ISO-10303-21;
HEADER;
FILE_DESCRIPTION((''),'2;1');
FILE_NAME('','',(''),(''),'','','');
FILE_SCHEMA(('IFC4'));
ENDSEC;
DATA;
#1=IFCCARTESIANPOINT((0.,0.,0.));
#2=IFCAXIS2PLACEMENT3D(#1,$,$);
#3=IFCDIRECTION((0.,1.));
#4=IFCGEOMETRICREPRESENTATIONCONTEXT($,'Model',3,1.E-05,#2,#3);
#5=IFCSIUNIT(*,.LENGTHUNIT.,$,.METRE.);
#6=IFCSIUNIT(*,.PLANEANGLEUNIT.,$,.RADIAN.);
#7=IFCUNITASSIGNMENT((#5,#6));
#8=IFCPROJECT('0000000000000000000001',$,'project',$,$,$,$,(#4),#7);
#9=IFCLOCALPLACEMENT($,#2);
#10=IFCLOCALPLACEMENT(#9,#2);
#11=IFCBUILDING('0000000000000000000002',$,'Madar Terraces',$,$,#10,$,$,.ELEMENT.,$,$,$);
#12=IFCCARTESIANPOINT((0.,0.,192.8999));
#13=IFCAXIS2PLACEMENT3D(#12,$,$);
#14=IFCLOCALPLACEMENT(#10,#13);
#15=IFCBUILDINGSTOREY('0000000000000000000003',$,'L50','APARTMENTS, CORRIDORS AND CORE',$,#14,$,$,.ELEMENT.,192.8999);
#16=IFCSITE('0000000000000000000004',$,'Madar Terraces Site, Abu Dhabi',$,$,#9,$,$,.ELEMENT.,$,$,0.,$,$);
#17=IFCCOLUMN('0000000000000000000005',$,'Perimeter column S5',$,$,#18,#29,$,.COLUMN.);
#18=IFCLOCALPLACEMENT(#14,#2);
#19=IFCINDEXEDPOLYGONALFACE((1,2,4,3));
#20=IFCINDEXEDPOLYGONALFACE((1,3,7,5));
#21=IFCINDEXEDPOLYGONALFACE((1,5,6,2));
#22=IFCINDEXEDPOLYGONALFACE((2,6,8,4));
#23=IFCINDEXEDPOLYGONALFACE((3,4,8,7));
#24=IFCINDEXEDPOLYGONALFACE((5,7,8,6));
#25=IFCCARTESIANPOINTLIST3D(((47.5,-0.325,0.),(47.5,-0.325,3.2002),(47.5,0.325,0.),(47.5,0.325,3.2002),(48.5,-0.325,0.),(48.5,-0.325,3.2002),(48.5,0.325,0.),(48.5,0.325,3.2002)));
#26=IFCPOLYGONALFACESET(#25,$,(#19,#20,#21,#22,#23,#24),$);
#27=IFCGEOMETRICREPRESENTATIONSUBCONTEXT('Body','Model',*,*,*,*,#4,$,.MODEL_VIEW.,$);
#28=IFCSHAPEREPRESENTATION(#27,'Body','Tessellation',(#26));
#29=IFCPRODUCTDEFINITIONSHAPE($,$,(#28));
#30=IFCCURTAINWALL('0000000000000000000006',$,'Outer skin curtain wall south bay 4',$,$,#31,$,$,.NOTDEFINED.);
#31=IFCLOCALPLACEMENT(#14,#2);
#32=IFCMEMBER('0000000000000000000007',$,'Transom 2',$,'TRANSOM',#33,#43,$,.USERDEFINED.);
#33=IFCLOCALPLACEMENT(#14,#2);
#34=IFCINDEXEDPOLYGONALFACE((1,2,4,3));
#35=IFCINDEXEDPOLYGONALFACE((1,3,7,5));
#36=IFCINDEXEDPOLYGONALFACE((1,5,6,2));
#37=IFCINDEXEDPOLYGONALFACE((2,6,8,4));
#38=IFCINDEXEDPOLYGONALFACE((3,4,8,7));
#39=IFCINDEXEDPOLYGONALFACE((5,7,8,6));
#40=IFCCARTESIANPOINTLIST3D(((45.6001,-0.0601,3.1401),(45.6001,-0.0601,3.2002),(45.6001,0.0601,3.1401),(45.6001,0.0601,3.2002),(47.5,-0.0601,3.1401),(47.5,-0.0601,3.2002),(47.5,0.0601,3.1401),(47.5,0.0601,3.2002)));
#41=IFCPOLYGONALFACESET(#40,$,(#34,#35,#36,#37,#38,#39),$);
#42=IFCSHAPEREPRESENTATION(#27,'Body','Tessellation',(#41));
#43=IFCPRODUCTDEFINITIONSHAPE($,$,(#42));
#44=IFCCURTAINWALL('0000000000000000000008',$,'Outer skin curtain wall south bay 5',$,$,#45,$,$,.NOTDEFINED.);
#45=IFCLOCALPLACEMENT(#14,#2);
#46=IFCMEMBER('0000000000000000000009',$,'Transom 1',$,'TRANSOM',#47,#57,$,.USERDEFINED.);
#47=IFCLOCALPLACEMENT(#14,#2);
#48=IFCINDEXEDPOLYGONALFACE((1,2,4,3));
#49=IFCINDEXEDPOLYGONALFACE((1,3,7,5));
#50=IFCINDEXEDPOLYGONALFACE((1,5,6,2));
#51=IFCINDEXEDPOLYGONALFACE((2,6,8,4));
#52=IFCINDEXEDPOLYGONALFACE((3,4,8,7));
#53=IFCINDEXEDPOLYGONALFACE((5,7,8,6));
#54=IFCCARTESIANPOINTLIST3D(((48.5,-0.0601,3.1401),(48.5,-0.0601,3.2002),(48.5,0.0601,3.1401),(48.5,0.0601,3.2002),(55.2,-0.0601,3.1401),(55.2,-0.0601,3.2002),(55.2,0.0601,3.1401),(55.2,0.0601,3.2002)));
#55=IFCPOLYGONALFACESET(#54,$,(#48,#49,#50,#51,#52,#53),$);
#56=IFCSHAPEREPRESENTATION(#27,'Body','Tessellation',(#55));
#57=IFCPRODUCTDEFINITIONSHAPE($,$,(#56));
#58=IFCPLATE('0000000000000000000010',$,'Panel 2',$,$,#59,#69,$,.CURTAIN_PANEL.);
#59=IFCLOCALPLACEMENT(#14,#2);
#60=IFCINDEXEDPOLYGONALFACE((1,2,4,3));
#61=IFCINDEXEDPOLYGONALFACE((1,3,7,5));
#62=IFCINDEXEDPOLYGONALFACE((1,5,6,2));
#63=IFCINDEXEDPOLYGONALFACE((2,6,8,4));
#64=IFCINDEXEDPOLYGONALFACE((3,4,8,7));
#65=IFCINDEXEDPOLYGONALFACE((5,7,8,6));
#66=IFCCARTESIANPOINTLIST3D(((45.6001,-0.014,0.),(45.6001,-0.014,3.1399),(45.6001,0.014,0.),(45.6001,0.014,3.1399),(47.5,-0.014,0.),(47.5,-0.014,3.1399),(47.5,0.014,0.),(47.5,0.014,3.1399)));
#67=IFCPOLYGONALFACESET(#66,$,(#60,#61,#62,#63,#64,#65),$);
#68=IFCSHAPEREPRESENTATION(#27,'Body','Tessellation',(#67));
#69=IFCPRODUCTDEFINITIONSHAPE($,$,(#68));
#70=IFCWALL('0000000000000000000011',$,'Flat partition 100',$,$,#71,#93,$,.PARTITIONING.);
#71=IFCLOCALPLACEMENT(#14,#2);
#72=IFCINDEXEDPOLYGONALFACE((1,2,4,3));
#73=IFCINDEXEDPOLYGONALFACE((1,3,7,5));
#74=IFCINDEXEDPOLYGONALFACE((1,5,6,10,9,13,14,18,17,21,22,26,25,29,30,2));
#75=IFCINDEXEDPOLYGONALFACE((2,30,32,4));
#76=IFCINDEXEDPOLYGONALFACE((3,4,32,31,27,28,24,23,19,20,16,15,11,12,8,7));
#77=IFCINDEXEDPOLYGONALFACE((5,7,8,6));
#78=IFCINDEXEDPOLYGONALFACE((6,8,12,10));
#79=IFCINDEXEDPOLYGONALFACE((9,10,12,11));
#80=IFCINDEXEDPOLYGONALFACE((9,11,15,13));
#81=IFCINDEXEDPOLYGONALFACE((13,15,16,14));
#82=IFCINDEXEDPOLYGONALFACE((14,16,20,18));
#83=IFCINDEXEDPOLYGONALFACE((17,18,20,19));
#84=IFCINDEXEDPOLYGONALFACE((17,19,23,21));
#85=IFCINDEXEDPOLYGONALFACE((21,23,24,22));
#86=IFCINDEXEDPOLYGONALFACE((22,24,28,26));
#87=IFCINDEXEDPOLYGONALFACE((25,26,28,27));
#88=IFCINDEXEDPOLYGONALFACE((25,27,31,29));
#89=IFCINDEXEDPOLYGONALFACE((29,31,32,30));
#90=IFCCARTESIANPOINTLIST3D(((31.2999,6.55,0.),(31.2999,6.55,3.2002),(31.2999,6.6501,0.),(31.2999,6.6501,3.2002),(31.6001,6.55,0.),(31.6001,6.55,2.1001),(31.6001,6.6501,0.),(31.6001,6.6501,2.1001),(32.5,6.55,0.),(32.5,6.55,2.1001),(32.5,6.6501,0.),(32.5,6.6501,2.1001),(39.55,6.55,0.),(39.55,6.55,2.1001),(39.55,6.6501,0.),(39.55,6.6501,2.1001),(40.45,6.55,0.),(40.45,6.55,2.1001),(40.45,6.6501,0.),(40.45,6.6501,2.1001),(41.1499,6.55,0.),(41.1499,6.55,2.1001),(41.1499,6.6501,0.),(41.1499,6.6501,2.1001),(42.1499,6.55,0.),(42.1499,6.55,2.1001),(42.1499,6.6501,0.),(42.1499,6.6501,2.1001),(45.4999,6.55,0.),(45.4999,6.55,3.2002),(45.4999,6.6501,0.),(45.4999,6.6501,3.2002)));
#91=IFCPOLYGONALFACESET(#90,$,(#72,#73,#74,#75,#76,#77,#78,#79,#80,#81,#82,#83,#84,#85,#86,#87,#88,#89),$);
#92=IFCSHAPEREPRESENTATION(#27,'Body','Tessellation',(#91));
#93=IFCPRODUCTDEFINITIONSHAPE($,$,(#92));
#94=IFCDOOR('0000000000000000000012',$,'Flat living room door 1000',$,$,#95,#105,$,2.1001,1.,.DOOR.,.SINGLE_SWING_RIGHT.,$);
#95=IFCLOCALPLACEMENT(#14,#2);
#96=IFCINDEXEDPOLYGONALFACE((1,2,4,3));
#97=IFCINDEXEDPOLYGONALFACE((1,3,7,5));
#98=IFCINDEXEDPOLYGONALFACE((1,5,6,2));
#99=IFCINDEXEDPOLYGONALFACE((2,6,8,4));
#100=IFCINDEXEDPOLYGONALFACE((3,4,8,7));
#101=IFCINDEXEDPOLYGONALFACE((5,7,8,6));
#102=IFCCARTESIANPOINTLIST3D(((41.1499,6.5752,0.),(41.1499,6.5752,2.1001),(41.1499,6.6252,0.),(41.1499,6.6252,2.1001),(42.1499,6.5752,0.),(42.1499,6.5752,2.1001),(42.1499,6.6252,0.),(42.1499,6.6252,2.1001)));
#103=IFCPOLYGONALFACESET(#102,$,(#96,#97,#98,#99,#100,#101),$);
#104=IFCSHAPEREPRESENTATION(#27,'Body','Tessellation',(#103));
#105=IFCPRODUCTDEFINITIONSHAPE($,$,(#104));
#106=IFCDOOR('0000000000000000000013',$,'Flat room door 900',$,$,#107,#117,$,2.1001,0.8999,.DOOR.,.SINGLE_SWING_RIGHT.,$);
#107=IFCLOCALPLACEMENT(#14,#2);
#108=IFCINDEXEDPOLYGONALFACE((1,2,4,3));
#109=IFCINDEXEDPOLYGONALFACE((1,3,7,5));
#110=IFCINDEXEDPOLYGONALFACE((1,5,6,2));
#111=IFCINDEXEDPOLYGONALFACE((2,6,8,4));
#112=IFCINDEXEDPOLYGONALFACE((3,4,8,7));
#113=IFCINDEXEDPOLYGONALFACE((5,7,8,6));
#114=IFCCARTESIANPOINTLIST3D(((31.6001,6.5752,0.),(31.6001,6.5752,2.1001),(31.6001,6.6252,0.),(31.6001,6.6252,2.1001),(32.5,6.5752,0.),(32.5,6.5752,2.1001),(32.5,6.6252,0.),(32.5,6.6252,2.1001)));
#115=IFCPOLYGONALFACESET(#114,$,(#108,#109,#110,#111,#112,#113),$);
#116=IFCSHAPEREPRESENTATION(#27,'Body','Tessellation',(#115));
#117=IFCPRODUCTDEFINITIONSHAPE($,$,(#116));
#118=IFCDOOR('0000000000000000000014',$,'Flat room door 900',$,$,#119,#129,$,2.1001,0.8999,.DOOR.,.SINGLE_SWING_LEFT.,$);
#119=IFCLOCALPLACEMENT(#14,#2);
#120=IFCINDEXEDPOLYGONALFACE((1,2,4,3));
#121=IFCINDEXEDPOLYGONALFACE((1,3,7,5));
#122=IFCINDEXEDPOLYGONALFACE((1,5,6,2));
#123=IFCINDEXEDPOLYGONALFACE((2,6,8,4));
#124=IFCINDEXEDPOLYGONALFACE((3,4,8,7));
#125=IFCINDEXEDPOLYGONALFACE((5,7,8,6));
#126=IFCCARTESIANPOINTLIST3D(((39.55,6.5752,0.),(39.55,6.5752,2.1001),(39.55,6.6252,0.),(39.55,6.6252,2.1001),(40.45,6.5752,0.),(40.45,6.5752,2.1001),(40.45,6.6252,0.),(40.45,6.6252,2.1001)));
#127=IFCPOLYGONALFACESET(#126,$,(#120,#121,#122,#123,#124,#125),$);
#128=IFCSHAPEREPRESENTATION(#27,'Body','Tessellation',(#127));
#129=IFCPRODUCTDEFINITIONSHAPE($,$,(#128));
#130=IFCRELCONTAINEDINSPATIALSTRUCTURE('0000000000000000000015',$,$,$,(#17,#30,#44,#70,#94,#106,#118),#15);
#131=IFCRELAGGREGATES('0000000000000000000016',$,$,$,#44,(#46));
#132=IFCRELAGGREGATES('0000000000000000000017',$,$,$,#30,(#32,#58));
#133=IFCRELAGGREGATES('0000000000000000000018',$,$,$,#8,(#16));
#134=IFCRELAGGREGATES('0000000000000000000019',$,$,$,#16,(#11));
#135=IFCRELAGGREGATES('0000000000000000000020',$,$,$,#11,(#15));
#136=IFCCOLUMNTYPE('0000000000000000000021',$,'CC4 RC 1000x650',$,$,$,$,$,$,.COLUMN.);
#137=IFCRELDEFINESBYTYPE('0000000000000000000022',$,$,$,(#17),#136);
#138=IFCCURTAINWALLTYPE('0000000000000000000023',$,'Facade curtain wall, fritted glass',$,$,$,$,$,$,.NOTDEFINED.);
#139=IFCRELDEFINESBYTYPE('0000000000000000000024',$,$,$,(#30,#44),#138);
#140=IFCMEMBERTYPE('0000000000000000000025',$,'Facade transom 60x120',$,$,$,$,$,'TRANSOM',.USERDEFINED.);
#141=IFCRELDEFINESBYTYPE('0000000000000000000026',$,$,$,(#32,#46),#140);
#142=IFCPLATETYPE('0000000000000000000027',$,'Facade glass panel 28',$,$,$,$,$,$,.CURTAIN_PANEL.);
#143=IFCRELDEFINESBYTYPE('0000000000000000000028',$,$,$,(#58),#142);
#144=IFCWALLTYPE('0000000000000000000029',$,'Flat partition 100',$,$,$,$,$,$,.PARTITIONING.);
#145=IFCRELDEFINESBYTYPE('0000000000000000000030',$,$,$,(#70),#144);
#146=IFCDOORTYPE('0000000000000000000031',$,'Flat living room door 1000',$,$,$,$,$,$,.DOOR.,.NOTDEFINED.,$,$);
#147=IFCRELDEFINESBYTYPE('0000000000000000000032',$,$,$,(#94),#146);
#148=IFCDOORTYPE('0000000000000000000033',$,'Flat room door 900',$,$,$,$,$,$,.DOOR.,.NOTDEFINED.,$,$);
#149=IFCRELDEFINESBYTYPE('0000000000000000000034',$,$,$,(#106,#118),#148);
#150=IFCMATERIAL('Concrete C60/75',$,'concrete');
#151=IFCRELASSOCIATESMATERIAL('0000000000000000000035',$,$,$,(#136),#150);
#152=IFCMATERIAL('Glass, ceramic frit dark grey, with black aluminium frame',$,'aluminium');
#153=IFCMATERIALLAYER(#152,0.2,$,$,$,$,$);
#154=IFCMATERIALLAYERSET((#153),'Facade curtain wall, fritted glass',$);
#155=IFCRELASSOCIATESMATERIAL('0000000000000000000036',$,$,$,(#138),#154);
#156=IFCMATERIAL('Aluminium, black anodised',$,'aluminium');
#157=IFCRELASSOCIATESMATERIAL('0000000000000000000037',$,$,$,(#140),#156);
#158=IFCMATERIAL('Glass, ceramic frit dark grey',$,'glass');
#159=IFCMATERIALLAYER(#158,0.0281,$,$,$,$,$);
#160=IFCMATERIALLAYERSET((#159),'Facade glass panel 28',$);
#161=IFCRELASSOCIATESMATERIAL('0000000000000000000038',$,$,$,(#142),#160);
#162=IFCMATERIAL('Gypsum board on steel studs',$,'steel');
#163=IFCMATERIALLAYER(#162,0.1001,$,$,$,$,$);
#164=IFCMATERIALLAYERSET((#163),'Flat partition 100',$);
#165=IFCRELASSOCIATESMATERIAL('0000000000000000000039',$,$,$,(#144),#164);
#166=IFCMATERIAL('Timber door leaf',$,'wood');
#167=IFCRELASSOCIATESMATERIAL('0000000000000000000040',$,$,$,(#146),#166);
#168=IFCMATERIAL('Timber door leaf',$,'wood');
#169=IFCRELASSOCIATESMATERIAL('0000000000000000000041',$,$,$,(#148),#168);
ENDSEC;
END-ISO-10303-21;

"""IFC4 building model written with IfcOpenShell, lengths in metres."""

from ifc_helpers import new_model, si_unit, direction, frame, frame_2d, origin, origin_2d, place, context, subcontext, project, spatial, rectangle, extrude, material, layer, layer_set, material_profile, profile_set, type_object, element, fill, aggregate, save


model = new_model("IFC4")

# Units and contexts
model_context = context("Model", 3, precision=1e-05, world=origin(), true_north=direction((0.0, 1.0)))
body_context = subcontext(model_context, "Body", "Model", "MODEL_VIEW")
ifc_project = project(units=[si_unit("LENGTHUNIT", "METRE"), si_unit("PLANEANGLEUNIT", "RADIAN")], contexts=[model_context])

# Site, building, storey
site_placement = place(None, origin())
site = spatial("IfcSite", under=ifc_project, at=site_placement, Name="Madar Terraces Site, Abu Dhabi", CompositionType="ELEMENT", RefElevation=0.0)
building_placement = place(site_placement, origin())
building = spatial("IfcBuilding", under=site, at=building_placement, Name="Madar Terraces", CompositionType="ELEMENT")
storey_placement = place(building_placement, frame((0.0, 0.0, 192.8999)))
storey = spatial("IfcBuildingStorey", under=building, at=storey_placement, Name="L50", Description="APARTMENTS, CORRIDORS AND CORE", CompositionType="ELEMENT", Elevation=192.8999)

# Column
ifc_material_1 = material(Name="Concrete C60/75", Category="concrete")
ifc_material_profile_1 = material_profile(ifc_material_1, rectangle(XDim=1.0, YDim=0.6499, at=origin_2d()), Name="CC4 RC 1000x650")
ifc_profile_set_1 = profile_set([ifc_material_profile_1], Name="Concrete C60/75")
column_type = type_object("IfcColumnType", Name="CC4 RC 1000x650", PredefinedType="COLUMN", material=ifc_profile_set_1)
column_placement = place(storey_placement, frame((48.0, 0.0, 0.0), z_axis=(0.0, 0.0, 1.0), x_axis=(1.0, 0.0, 0.0)))
element("IfcColumn", 1, at=column_placement, inside=storey, type_object=column_type, Name="Perimeter column S5", PredefinedType="COLUMN", context=body_context, shape_type="SweptSolid", body=[
    extrude(rectangle(XDim=1.0, YDim=0.6499, at=origin_2d()), origin(), (0.0, 0.0, 1.0), 3.2002),
])

# Curtain walls, members
ifc_material_2 = material(Name="Glass, ceramic frit dark grey, with black aluminium frame", Category="aluminium")
ifc_layer_1 = layer(ifc_material_2, 0.2)
ifc_layer_set_1 = layer_set([ifc_layer_1], Name="Facade curtain wall, fritted glass")
curtain_wall_type = type_object("IfcCurtainWallType", Name="Facade curtain wall, fritted glass", PredefinedType="NOTDEFINED", material=ifc_layer_set_1)
curtain_wall_1_placement = place(storey_placement, origin())
curtain_wall_1 = element("IfcCurtainWall", 2, at=curtain_wall_1_placement, inside=storey, type_object=curtain_wall_type, Name="Outer skin curtain wall south bay 4", PredefinedType="NOTDEFINED")
ifc_material_3 = material(Name="Aluminium, black anodised", Category="aluminium")
ifc_material_profile_2 = material_profile(ifc_material_3, rectangle(XDim=0.1201, YDim=0.0601, at=origin_2d()), Name="Facade transom 60x120")
ifc_profile_set_2 = profile_set([ifc_material_profile_2], Name="Aluminium, black anodised")
member_type = type_object("IfcMemberType", Name="Facade transom 60x120", ElementType="TRANSOM", PredefinedType="USERDEFINED", material=ifc_profile_set_2)
member_1_placement = place(storey_placement, frame((45.6001, 0.0, 3.1702), z_axis=(1.0, 0.0, 0.0), x_axis=(0.0, 1.0, 0.0)))
member_1 = element("IfcMember", 3, at=member_1_placement, type_object=member_type, Name="Transom 2", ObjectType="TRANSOM", PredefinedType="USERDEFINED", context=body_context, shape_type="SweptSolid", body=[
    extrude(rectangle(XDim=0.1201, YDim=0.0601, at=origin_2d()), origin(), (0.0, 0.0, 1.0), 1.8999),
])
curtain_wall_2_placement = place(storey_placement, origin())
curtain_wall_2 = element("IfcCurtainWall", 4, at=curtain_wall_2_placement, inside=storey, type_object=curtain_wall_type, Name="Outer skin curtain wall south bay 5", PredefinedType="NOTDEFINED")
member_2_placement = place(storey_placement, frame((48.5, 0.0, 3.1702), z_axis=(1.0, 0.0, 0.0), x_axis=(0.0, 1.0, 0.0)))
member_2 = element("IfcMember", 5, at=member_2_placement, type_object=member_type, Name="Transom 1", ObjectType="TRANSOM", PredefinedType="USERDEFINED", context=body_context, shape_type="SweptSolid", body=[
    extrude(rectangle(XDim=0.1201, YDim=0.0601, at=origin_2d()), origin(), (0.0, 0.0, 1.0), 6.7),
])
aggregate(curtain_wall_2, [member_2])

# Plate
ifc_material_4 = material(Name="Glass, ceramic frit dark grey", Category="glass")
ifc_layer_2 = layer(ifc_material_4, 0.0281)
ifc_layer_set_2 = layer_set([ifc_layer_2], Name="Facade glass panel 28")
plate_type = type_object("IfcPlateType", Name="Facade glass panel 28", PredefinedType="CURTAIN_PANEL", material=ifc_layer_set_2)
plate_placement = place(storey_placement, frame((46.55, 0.0, 0.0), z_axis=(0.0, 0.0, 1.0), x_axis=(1.0, 0.0, 0.0)))
plate = element("IfcPlate", 6, at=plate_placement, type_object=plate_type, Name="Panel 2", PredefinedType="CURTAIN_PANEL", context=body_context, shape_type="SweptSolid", body=[
    extrude(rectangle(XDim=1.8999, YDim=0.0281, at=origin_2d()), origin(), (0.0, 0.0, 1.0), 3.1399),
])
aggregate(curtain_wall_1, [member_1, plate])

# Wall, openings, doors
ifc_material_5 = material(Name="Gypsum board on steel studs", Category="steel")
ifc_layer_3 = layer(ifc_material_5, 0.1001)
ifc_layer_set_3 = layer_set([ifc_layer_3], Name="Flat partition 100")
wall_type_1 = type_object("IfcWallType", Name="Flat partition 100", PredefinedType="PARTITIONING", material=ifc_layer_set_3)
wall_1_placement = place(storey_placement, frame((45.5, 6.6001, 0.0), z_axis=(0.0, 0.0, 1.0), x_axis=(-1.0, 0.0, 0.0)))
wall_1 = element("IfcWall", 7, at=wall_1_placement, inside=storey, type_object=wall_type_1, Name="Flat partition 100", PredefinedType="PARTITIONING", context=body_context, shape_type="SweptSolid", body=[
    extrude(rectangle(XDim=14.2, YDim=0.1001, at=frame_2d((7.1001, 0.0))), origin(), (0.0, 0.0, 1.0), 3.2002),
])
opening_1_placement = place(wall_1_placement, frame((13.0, 0.0, 0.0)))
opening_1 = element("IfcOpeningElement", 8, at=opening_1_placement, cuts=wall_1, PredefinedType="OPENING", context=body_context, shape_type="SweptSolid", body=[
    extrude(rectangle(XDim=0.8999, YDim=2.1001, at=frame_2d((0.45, 1.05))), frame((0.0, 0.0601, 0.0), z_axis=(0.0, -1.0, 0.0), x_axis=(1.0, 0.0, 0.0)), (0.0, 0.0, 1.0), 0.1201),
])
opening_2_placement = place(wall_1_placement, frame((5.05, 0.0, 0.0)))
opening_2 = element("IfcOpeningElement", 9, at=opening_2_placement, cuts=wall_1, PredefinedType="OPENING", context=body_context, shape_type="SweptSolid", body=[
    extrude(rectangle(XDim=0.8999, YDim=2.1001, at=frame_2d((0.45, 1.05))), frame((0.0, 0.0601, 0.0), z_axis=(0.0, -1.0, 0.0), x_axis=(1.0, 0.0, 0.0)), (0.0, 0.0, 1.0), 0.1201),
])
opening_3_placement = place(wall_1_placement, frame((3.3501, 0.0, 0.0)))
opening_3 = element("IfcOpeningElement", 10, at=opening_3_placement, cuts=wall_1, PredefinedType="OPENING", context=body_context, shape_type="SweptSolid", body=[
    extrude(rectangle(XDim=1.0, YDim=2.1001, at=frame_2d((0.5, 1.05))), frame((0.0, 0.0601, 0.0), z_axis=(0.0, -1.0, 0.0), x_axis=(1.0, 0.0, 0.0)), (0.0, 0.0, 1.0), 0.1201),
])
ifc_material_6 = material(Name="Timber door leaf", Category="wood")
door_type_1 = type_object("IfcDoorType", Name="Flat living room door 1000", OperationType="NOTDEFINED", PredefinedType="DOOR", material=ifc_material_6)
door_1_placement = place(opening_3_placement, origin())
door_1 = element("IfcDoor", 11, at=door_1_placement, inside=storey, type_object=door_type_1, Name="Flat living room door 1000", OperationType="SINGLE_SWING_RIGHT", OverallHeight=2.1001, OverallWidth=1.0, PredefinedType="DOOR", context=body_context, shape_type="SweptSolid", body=[
    extrude(rectangle(XDim=1.0, YDim=2.1001, at=frame_2d((0.5, 1.05))), frame((0.0, 0.0249, 0.0), z_axis=(0.0, -1.0, 0.0), x_axis=(1.0, 0.0, 0.0)), (0.0, 0.0, 1.0), 0.05),
])
fill(opening_3, door_1)
ifc_material_7 = material(Name="Timber door leaf", Category="wood")
door_type_2 = type_object("IfcDoorType", Name="Flat room door 900", OperationType="NOTDEFINED", PredefinedType="DOOR", material=ifc_material_7)
door_2_placement = place(opening_1_placement, origin())
door_2 = element("IfcDoor", 12, at=door_2_placement, inside=storey, type_object=door_type_2, Name="Flat room door 900", OperationType="SINGLE_SWING_RIGHT", OverallHeight=2.1001, OverallWidth=0.8999, PredefinedType="DOOR", context=body_context, shape_type="SweptSolid", body=[
    extrude(rectangle(XDim=0.8999, YDim=2.1001, at=frame_2d((0.45, 1.05))), frame((0.0, 0.0249, 0.0), z_axis=(0.0, -1.0, 0.0), x_axis=(1.0, 0.0, 0.0)), (0.0, 0.0, 1.0), 0.05),
])
fill(opening_1, door_2)
door_3_placement = place(opening_2_placement, origin())
door_3 = element("IfcDoor", 13, at=door_3_placement, inside=storey, type_object=door_type_2, Name="Flat room door 900", OperationType="SINGLE_SWING_LEFT", OverallHeight=2.1001, OverallWidth=0.8999, PredefinedType="DOOR", context=body_context, shape_type="SweptSolid", body=[
    extrude(rectangle(XDim=0.8999, YDim=2.1001, at=frame_2d((0.45, 1.05))), frame((0.0, 0.0249, 0.0), z_axis=(0.0, -1.0, 0.0), x_axis=(1.0, 0.0, 0.0)), (0.0, 0.0, 1.0), 0.05),
])
fill(opening_2, door_3)

save(model, "model.ifc")
